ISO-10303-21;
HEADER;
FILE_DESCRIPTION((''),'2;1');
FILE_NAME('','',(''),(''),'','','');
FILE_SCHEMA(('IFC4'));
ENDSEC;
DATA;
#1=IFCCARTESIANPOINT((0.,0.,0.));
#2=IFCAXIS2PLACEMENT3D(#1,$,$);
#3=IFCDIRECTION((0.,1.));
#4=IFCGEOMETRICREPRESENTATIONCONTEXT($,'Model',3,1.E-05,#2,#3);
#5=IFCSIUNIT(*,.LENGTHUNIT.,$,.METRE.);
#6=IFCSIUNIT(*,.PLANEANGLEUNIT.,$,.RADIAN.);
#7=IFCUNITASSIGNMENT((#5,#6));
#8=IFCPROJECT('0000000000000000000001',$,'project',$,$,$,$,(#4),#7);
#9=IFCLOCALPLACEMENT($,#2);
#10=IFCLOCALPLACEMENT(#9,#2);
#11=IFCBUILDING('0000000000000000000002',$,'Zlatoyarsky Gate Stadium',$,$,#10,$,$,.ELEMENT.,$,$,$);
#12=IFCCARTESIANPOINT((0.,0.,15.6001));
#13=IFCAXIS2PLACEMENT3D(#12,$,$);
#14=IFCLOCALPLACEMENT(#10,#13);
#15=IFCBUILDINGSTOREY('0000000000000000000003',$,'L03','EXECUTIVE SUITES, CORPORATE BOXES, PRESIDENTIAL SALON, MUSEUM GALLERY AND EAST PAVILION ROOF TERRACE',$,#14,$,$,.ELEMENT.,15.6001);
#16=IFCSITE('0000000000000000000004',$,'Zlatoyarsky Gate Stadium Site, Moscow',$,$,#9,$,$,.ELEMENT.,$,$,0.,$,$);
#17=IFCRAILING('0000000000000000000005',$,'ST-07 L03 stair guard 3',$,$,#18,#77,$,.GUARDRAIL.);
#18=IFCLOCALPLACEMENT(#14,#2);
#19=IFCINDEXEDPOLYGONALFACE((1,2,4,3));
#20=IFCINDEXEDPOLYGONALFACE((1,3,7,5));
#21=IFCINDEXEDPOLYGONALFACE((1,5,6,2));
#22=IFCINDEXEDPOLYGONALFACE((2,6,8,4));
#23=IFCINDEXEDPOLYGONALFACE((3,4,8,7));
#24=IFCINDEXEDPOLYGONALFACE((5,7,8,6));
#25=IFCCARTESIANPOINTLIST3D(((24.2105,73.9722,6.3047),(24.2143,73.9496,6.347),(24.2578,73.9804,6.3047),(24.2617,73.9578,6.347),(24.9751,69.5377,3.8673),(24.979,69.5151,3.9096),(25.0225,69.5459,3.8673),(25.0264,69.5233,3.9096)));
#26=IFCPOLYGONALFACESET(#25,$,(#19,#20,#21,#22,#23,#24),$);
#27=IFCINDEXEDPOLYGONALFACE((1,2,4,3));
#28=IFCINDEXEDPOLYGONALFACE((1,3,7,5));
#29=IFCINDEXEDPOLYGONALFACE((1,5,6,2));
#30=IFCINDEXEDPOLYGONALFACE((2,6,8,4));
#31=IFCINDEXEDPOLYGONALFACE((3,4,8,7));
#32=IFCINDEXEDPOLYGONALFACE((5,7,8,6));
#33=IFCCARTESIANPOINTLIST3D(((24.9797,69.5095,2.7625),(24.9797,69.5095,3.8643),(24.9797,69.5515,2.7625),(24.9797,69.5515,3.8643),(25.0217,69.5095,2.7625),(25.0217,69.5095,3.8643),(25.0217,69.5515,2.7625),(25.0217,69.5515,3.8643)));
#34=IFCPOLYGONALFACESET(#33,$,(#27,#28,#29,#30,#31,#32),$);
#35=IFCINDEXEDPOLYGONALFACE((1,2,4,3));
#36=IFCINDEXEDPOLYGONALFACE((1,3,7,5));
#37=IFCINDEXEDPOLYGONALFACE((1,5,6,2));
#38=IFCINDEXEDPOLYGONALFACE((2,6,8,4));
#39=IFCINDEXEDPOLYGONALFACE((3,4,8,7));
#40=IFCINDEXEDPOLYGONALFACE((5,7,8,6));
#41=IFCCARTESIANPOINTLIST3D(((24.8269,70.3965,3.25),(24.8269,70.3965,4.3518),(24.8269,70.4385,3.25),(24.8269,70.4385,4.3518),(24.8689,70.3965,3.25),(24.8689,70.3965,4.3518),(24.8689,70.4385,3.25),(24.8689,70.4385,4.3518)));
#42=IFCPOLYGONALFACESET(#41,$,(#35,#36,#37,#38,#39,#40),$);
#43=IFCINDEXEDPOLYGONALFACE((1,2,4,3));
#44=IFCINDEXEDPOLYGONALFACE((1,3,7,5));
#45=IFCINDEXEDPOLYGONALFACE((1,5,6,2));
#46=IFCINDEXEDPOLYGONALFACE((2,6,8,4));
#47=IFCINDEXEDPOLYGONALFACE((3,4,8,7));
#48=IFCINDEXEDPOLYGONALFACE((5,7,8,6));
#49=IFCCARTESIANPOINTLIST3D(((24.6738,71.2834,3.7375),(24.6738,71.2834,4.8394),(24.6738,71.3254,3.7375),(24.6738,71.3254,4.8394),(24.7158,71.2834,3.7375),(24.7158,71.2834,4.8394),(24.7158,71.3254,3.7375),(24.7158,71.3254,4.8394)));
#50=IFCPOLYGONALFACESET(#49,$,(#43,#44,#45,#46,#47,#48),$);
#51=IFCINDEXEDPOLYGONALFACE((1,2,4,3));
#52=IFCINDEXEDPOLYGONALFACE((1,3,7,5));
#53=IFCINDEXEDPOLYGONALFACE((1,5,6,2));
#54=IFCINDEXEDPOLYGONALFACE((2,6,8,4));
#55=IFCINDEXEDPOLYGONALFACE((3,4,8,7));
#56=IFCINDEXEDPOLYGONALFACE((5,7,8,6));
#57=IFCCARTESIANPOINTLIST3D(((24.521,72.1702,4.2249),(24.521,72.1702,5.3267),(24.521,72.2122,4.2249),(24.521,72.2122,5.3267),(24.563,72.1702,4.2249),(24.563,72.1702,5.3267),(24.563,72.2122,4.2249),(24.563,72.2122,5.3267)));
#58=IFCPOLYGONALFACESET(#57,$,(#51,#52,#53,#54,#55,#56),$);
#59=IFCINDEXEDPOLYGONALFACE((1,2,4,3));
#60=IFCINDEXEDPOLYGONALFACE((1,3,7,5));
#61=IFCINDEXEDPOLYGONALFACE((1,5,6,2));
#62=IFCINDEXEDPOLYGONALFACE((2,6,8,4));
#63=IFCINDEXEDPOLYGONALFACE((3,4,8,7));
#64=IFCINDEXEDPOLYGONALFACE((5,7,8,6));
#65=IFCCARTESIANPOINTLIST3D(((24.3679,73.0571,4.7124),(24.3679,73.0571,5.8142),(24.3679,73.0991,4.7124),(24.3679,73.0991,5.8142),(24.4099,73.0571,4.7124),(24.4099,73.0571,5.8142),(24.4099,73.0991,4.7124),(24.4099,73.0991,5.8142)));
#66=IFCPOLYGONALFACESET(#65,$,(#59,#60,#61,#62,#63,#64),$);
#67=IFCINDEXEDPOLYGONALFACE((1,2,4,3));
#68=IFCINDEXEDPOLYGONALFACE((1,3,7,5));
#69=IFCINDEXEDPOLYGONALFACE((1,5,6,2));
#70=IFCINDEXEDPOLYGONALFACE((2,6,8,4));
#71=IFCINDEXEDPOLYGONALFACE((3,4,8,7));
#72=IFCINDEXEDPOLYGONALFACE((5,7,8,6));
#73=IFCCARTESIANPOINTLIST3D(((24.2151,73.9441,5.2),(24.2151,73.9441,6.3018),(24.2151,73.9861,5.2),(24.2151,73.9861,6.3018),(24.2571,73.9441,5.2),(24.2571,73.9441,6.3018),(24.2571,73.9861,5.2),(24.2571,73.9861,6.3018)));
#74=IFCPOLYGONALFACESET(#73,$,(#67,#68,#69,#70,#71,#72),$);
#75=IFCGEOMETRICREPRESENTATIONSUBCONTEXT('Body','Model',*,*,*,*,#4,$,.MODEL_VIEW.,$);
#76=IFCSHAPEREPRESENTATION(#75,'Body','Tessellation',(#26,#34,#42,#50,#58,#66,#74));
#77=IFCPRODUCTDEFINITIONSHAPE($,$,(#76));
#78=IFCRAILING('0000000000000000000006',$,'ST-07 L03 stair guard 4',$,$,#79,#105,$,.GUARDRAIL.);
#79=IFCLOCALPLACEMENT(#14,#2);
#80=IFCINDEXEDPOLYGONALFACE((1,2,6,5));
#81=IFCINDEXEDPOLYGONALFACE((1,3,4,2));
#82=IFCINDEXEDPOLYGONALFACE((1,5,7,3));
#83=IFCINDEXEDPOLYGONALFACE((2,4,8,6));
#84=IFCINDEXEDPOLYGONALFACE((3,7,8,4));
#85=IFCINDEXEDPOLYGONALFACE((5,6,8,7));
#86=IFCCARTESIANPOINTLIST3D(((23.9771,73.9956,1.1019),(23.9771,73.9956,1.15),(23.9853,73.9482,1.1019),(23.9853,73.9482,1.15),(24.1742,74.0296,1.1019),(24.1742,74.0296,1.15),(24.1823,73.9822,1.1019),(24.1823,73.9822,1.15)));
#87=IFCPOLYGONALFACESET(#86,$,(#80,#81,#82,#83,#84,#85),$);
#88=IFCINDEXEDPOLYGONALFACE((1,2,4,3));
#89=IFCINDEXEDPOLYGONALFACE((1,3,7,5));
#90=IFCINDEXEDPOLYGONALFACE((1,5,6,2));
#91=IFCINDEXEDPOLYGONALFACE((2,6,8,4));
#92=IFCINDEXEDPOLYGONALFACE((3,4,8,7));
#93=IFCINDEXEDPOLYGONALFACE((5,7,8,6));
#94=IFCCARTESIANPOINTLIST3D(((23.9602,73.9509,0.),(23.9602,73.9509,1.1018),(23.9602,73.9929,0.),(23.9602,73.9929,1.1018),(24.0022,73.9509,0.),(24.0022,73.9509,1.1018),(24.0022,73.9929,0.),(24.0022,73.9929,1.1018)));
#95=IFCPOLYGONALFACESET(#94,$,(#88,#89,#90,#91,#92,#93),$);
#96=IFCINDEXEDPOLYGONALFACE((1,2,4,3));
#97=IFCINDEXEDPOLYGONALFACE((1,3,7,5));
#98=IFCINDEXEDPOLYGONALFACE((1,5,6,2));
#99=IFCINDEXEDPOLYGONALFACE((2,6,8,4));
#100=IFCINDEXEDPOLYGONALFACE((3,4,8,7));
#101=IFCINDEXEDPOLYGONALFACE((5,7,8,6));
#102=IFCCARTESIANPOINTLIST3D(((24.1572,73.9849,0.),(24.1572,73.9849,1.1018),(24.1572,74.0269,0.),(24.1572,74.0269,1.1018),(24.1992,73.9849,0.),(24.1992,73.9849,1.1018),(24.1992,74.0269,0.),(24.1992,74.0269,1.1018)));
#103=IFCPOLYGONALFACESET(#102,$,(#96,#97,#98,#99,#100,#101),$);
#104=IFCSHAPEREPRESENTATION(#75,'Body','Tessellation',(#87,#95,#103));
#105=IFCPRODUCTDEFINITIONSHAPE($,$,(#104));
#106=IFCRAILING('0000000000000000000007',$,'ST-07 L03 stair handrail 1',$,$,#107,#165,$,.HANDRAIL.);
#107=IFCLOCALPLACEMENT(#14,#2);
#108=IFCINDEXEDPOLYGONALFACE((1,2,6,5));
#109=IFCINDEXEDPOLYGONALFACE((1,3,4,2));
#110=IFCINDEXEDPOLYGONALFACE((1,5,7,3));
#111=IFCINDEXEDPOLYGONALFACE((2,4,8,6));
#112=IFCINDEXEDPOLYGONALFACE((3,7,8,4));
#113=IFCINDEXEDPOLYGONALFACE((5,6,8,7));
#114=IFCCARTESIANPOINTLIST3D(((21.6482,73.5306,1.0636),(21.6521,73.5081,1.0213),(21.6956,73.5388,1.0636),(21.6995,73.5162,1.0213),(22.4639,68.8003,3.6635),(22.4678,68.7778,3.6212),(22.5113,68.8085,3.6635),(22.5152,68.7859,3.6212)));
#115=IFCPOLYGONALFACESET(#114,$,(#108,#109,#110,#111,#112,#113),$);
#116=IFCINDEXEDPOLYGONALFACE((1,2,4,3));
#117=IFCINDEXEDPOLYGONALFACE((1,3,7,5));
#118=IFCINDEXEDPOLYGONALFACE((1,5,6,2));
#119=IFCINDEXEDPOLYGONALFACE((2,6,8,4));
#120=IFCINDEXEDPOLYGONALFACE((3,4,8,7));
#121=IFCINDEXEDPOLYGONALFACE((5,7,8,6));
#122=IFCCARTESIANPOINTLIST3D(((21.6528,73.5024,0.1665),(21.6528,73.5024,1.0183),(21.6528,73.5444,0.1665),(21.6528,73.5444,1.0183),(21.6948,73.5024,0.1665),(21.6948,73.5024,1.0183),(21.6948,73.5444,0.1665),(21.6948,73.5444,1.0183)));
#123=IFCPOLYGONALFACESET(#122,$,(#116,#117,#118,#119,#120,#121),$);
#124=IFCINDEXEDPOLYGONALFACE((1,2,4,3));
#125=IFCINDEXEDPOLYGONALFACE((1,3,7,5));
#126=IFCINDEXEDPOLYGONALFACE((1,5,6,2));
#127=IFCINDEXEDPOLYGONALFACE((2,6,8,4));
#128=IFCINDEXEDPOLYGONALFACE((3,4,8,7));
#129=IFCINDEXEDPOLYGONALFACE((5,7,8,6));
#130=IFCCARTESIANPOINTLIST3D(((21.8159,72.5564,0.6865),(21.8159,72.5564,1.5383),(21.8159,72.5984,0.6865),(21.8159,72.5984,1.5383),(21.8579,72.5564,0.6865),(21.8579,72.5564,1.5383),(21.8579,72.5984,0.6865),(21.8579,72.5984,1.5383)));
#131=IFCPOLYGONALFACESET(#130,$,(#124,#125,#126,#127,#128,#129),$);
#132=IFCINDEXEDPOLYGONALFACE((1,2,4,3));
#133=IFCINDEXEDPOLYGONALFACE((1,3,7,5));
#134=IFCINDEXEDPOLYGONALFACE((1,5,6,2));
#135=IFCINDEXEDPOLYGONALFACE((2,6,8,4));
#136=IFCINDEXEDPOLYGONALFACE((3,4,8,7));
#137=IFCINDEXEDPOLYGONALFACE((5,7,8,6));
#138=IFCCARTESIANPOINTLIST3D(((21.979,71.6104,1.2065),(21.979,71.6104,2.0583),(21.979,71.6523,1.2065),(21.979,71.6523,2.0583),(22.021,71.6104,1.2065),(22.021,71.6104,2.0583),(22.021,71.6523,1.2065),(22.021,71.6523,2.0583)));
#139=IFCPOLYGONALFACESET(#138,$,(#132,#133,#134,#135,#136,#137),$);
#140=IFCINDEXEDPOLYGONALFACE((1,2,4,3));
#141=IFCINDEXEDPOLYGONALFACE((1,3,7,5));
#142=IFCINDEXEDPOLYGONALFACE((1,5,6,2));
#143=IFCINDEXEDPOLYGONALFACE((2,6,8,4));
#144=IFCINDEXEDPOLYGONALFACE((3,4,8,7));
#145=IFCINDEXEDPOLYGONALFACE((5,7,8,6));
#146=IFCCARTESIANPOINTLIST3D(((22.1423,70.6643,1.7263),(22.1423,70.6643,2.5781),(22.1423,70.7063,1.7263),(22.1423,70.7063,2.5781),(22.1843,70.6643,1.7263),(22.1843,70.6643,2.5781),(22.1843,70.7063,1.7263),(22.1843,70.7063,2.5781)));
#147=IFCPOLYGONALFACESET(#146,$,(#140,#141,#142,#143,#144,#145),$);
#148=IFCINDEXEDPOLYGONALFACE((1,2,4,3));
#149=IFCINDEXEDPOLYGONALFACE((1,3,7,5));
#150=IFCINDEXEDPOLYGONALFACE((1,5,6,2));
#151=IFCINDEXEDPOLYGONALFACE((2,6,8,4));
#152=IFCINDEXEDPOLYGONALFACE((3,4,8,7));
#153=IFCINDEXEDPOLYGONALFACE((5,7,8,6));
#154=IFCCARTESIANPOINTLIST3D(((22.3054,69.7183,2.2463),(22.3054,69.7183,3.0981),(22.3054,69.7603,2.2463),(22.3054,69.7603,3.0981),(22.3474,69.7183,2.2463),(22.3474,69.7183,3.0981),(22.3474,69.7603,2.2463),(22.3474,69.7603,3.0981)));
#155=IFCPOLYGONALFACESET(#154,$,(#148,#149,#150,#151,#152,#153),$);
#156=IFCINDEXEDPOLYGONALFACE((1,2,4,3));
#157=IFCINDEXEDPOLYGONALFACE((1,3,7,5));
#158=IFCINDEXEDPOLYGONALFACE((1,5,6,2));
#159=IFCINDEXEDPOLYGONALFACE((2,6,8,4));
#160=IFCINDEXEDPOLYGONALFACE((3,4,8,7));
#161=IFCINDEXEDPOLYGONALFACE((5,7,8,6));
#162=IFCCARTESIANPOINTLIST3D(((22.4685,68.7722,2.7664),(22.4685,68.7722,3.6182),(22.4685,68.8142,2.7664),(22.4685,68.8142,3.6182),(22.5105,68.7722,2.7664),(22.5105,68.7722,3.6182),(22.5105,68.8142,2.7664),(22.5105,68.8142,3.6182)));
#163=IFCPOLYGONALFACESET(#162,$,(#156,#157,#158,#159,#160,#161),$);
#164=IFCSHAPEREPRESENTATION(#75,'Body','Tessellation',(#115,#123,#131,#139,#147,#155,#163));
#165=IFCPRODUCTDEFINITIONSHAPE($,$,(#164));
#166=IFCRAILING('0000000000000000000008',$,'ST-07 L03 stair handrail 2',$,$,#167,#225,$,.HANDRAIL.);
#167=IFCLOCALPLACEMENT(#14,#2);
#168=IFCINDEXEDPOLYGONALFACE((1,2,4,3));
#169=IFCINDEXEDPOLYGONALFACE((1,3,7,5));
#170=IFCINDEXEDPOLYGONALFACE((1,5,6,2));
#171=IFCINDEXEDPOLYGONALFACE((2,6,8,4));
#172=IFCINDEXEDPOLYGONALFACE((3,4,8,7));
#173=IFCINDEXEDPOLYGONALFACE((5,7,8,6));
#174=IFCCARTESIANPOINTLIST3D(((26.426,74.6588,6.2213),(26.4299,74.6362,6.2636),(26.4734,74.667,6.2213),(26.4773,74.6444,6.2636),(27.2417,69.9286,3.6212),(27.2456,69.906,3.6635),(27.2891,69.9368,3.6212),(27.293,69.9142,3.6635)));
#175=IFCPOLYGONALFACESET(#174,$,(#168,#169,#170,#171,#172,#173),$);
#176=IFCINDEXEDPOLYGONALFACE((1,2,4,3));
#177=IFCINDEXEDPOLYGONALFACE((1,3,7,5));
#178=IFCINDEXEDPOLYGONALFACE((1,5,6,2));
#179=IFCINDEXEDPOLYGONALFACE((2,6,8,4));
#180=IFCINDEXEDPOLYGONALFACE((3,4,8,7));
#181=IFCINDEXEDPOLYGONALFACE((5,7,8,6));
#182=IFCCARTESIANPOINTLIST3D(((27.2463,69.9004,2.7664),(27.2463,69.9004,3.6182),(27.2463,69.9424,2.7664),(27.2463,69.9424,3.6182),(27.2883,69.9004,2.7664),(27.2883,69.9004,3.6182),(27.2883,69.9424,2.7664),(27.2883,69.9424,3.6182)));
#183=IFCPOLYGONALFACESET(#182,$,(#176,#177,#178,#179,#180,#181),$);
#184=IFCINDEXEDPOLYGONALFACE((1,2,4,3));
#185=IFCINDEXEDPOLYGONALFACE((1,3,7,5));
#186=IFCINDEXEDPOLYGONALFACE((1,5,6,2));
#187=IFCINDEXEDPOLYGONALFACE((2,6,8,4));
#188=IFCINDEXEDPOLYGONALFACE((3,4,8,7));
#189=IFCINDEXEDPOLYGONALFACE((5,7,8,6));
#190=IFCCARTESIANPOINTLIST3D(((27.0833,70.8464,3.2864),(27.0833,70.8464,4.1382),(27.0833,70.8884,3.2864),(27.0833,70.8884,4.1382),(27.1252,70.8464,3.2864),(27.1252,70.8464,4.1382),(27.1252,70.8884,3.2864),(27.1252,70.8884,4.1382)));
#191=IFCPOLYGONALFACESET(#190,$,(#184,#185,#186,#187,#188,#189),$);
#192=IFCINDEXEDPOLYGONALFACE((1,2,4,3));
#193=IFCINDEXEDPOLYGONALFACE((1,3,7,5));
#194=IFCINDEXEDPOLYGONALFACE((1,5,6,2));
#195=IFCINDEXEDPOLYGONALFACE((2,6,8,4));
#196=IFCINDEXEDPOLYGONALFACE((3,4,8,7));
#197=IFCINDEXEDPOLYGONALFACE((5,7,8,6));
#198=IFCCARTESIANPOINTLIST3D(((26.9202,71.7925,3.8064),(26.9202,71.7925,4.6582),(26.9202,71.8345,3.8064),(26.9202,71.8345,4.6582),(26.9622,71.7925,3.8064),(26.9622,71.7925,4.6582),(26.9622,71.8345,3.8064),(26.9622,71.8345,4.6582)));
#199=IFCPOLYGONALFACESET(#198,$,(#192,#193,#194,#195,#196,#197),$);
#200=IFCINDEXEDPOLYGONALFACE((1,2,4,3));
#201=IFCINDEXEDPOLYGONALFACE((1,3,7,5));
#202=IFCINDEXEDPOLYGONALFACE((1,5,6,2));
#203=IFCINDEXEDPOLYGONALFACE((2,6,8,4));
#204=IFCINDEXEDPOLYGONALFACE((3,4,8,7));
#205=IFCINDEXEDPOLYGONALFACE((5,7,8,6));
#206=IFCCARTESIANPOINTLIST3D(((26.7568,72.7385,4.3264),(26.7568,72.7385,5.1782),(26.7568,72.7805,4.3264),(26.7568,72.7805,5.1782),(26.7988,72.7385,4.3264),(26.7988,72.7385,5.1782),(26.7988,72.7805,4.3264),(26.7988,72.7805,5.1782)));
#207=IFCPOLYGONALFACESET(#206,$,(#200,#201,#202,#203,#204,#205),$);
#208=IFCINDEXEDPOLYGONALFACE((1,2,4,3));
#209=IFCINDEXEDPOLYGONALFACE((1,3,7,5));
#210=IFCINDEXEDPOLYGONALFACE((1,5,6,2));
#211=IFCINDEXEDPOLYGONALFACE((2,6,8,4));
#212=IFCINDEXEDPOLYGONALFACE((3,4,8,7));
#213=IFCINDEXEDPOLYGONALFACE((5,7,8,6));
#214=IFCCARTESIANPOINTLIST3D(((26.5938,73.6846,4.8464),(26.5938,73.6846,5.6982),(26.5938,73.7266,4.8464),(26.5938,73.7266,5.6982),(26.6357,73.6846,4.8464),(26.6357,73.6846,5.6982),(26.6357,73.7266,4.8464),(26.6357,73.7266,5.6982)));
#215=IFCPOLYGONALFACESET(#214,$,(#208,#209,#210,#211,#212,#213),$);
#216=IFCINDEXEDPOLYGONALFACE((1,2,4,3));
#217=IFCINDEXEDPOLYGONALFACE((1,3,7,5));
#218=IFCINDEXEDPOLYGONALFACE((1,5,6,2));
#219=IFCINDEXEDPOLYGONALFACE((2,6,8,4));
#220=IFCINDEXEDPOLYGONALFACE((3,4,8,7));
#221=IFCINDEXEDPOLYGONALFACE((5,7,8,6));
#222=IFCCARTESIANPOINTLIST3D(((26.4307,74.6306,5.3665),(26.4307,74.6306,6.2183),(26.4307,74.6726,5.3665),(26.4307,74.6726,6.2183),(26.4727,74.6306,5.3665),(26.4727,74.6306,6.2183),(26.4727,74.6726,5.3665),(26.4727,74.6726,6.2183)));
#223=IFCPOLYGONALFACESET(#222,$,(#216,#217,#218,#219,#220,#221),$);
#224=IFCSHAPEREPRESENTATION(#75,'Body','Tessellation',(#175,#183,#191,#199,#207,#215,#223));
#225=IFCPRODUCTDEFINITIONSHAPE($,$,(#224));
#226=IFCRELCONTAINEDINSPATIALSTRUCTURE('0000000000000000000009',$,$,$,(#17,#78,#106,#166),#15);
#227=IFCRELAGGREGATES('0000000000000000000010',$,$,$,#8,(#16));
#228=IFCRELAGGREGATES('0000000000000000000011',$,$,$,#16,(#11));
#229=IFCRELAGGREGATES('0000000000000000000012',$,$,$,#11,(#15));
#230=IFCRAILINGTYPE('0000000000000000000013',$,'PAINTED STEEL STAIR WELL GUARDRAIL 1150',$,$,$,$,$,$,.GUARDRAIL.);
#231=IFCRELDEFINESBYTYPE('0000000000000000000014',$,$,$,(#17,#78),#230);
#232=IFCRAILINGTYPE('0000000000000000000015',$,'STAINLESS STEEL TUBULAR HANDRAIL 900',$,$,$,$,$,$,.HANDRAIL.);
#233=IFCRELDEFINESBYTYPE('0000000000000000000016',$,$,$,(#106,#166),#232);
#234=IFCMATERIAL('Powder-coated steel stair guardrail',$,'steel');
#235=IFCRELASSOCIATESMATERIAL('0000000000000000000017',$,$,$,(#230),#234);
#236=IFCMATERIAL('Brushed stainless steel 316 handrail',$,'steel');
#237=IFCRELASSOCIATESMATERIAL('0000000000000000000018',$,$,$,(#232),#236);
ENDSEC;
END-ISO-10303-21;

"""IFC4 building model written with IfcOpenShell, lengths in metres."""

from ifc_helpers import new_model, si_unit, direction, frame, origin, origin_2d, place, context, subcontext, project, spatial, rectangle, extrude, material, type_object, element, save


model = new_model("IFC4")

# Units and contexts
model_context = context("Model", 3, precision=1e-05, world=origin(), true_north=direction((0.0, 1.0)))
body_context = subcontext(model_context, "Body", "Model", "MODEL_VIEW")
ifc_project = project(units=[si_unit("LENGTHUNIT", "METRE"), si_unit("PLANEANGLEUNIT", "RADIAN")], contexts=[model_context])

# Site, building, storey
site_placement = place(None, origin())
site = spatial("IfcSite", under=ifc_project, at=site_placement, Name="Zlatoyarsky Gate Stadium Site, Moscow", CompositionType="ELEMENT", RefElevation=0.0)
building_placement = place(site_placement, origin())
building = spatial("IfcBuilding", under=site, at=building_placement, Name="Zlatoyarsky Gate Stadium", CompositionType="ELEMENT")
storey_placement = place(building_placement, frame((0.0, 0.0, 15.6001)))
storey = spatial("IfcBuildingStorey", under=building, at=storey_placement, Name="L03", Description="EXECUTIVE SUITES, CORPORATE BOXES, PRESIDENTIAL SALON, MUSEUM GALLERY AND EAST PAVILION ROOF TERRACE", CompositionType="ELEMENT", Elevation=15.6001)

# Railings
ifc_material_1 = material(Name="Powder-coated steel stair guardrail", Category="steel")
railing_type_1 = type_object("IfcRailingType", Name="PAINTED STEEL STAIR WELL GUARDRAIL 1150", PredefinedType="GUARDRAIL", material=ifc_material_1)
railing_1_placement = place(storey_placement, frame((25.0007, 69.5305, 2.7625)))
element("IfcRailing", 1, at=railing_1_placement, inside=storey, type_object=railing_type_1, Name="ST-07 L03 stair guard 3", PredefinedType="GUARDRAIL", context=body_context, shape_type="SweptSolid", body=[
    extrude(rectangle(XDim=0.0481, YDim=0.0481, at=origin_2d()), frame((0.0, 0.0, 1.126), z_axis=(-0.149411, 0.866505, 0.476282), x_axis=(-0.985458, -0.169921, 0.0)), (0.0, 0.0, 1.0), 5.1177),
    extrude(rectangle(XDim=0.042, YDim=0.042, at=origin_2d()), origin(), (0.0, 0.0, 1.0), 1.1018),
    extrude(rectangle(XDim=0.042, YDim=0.042, at=origin_2d()), frame((-0.1528, 0.887, 0.4875)), (0.0, 0.0, 1.0), 1.1018),
    extrude(rectangle(XDim=0.042, YDim=0.042, at=origin_2d()), frame((-0.3059, 1.7739, 0.9751)), (0.0, 0.0, 1.0), 1.1018),
    extrude(rectangle(XDim=0.042, YDim=0.042, at=origin_2d()), frame((-0.4587, 2.6606, 1.4624)), (0.0, 0.0, 1.0), 1.1018),
    extrude(rectangle(XDim=0.042, YDim=0.042, at=origin_2d()), frame((-0.6118, 3.5476, 1.95)), (0.0, 0.0, 1.0), 1.1018),
    extrude(rectangle(XDim=0.042, YDim=0.042, at=origin_2d()), frame((-0.7646, 4.4346, 2.4375)), (0.0, 0.0, 1.0), 1.1018),
])
railing_2_placement = place(storey_placement, frame((23.9812, 73.9719, 0.0)))
element("IfcRailing", 2, at=railing_2_placement, inside=storey, type_object=railing_type_1, Name="ST-07 L03 stair guard 4", PredefinedType="GUARDRAIL", context=body_context, shape_type="SweptSolid", body=[
    extrude(rectangle(XDim=0.0481, YDim=0.0481, at=origin_2d()), frame((0.0, 0.0, 1.126), z_axis=(0.985488, 0.169743, 0.0), x_axis=(-0.169743, 0.985488, 0.0)), (0.0, 0.0, 1.0), 0.2),
    extrude(rectangle(XDim=0.042, YDim=0.042, at=origin_2d()), origin(), (0.0, 0.0, 1.0), 1.1018),
    extrude(rectangle(XDim=0.042, YDim=0.042, at=origin_2d()), frame((0.197, 0.0339, 0.0)), (0.0, 0.0, 1.0), 1.1018),
])
ifc_material_2 = material(Name="Brushed stainless steel 316 handrail", Category="steel")
railing_type_2 = type_object("IfcRailingType", Name="STAINLESS STEEL TUBULAR HANDRAIL 900", PredefinedType="HANDRAIL", material=ifc_material_2)
railing_3_placement = place(storey_placement, frame((21.6738, 73.5234, 0.1665)))
element("IfcRailing", 3, at=railing_3_placement, inside=storey, type_object=railing_type_2, Name="ST-07 L03 stair handrail 1", PredefinedType="HANDRAIL", context=body_context, shape_type="SweptSolid", body=[
    extrude(rectangle(XDim=0.0481, YDim=0.0481, at=origin_2d()), frame((0.0, 0.0, 0.876), z_axis=(0.149421, -0.866516, 0.47626), x_axis=(0.985456, 0.169931, 0.0)), (0.0, 0.0, 1.0), 5.459),
    extrude(rectangle(XDim=0.042, YDim=0.042, at=origin_2d()), origin(), (0.0, 0.0, 1.0), 0.8518),
    extrude(rectangle(XDim=0.042, YDim=0.042, at=origin_2d()), frame((0.1631, -0.946, 0.52)), (0.0, 0.0, 1.0), 0.8518),
    extrude(rectangle(XDim=0.042, YDim=0.042, at=origin_2d()), frame((0.3262, -1.8921, 1.04)), (0.0, 0.0, 1.0), 0.8518),
    extrude(rectangle(XDim=0.042, YDim=0.042, at=origin_2d()), frame((0.4895, -2.8381, 1.5598)), (0.0, 0.0, 1.0), 0.8518),
    extrude(rectangle(XDim=0.042, YDim=0.042, at=origin_2d()), frame((0.6526, -3.7842, 2.0798)), (0.0, 0.0, 1.0), 0.8518),
    extrude(rectangle(XDim=0.042, YDim=0.042, at=origin_2d()), frame((0.8157, -4.7302, 2.5999)), (0.0, 0.0, 1.0), 0.8518),
])
railing_4_placement = place(storey_placement, frame((27.2673, 69.9214, 2.7664)))
element("IfcRailing", 4, at=railing_4_placement, inside=storey, type_object=railing_type_2, Name="ST-07 L03 stair handrail 2", PredefinedType="HANDRAIL", context=body_context, shape_type="SweptSolid", body=[
    extrude(rectangle(XDim=0.0481, YDim=0.0481, at=origin_2d()), frame((0.0, 0.0, 0.876), z_axis=(-0.149418, 0.866498, 0.476294), x_axis=(-0.985456, -0.169931, 0.0)), (0.0, 0.0, 1.0), 5.459),
    extrude(rectangle(XDim=0.042, YDim=0.042, at=origin_2d()), origin(), (0.0, 0.0, 1.0), 0.8518),
    extrude(rectangle(XDim=0.042, YDim=0.042, at=origin_2d()), frame((-0.1631, 0.946, 0.52)), (0.0, 0.0, 1.0), 0.8518),
    extrude(rectangle(XDim=0.042, YDim=0.042, at=origin_2d()), frame((-0.3262, 1.8921, 1.04)), (0.0, 0.0, 1.0), 0.8518),
    extrude(rectangle(XDim=0.042, YDim=0.042, at=origin_2d()), frame((-0.4895, 2.8381, 1.5601)), (0.0, 0.0, 1.0), 0.8518),
    extrude(rectangle(XDim=0.042, YDim=0.042, at=origin_2d()), frame((-0.6526, 3.7842, 2.0801)), (0.0, 0.0, 1.0), 0.8518),
    extrude(rectangle(XDim=0.042, YDim=0.042, at=origin_2d()), frame((-0.8157, 4.7302, 2.6001)), (0.0, 0.0, 1.0), 0.8518),
])

save(model, "model.ifc")
